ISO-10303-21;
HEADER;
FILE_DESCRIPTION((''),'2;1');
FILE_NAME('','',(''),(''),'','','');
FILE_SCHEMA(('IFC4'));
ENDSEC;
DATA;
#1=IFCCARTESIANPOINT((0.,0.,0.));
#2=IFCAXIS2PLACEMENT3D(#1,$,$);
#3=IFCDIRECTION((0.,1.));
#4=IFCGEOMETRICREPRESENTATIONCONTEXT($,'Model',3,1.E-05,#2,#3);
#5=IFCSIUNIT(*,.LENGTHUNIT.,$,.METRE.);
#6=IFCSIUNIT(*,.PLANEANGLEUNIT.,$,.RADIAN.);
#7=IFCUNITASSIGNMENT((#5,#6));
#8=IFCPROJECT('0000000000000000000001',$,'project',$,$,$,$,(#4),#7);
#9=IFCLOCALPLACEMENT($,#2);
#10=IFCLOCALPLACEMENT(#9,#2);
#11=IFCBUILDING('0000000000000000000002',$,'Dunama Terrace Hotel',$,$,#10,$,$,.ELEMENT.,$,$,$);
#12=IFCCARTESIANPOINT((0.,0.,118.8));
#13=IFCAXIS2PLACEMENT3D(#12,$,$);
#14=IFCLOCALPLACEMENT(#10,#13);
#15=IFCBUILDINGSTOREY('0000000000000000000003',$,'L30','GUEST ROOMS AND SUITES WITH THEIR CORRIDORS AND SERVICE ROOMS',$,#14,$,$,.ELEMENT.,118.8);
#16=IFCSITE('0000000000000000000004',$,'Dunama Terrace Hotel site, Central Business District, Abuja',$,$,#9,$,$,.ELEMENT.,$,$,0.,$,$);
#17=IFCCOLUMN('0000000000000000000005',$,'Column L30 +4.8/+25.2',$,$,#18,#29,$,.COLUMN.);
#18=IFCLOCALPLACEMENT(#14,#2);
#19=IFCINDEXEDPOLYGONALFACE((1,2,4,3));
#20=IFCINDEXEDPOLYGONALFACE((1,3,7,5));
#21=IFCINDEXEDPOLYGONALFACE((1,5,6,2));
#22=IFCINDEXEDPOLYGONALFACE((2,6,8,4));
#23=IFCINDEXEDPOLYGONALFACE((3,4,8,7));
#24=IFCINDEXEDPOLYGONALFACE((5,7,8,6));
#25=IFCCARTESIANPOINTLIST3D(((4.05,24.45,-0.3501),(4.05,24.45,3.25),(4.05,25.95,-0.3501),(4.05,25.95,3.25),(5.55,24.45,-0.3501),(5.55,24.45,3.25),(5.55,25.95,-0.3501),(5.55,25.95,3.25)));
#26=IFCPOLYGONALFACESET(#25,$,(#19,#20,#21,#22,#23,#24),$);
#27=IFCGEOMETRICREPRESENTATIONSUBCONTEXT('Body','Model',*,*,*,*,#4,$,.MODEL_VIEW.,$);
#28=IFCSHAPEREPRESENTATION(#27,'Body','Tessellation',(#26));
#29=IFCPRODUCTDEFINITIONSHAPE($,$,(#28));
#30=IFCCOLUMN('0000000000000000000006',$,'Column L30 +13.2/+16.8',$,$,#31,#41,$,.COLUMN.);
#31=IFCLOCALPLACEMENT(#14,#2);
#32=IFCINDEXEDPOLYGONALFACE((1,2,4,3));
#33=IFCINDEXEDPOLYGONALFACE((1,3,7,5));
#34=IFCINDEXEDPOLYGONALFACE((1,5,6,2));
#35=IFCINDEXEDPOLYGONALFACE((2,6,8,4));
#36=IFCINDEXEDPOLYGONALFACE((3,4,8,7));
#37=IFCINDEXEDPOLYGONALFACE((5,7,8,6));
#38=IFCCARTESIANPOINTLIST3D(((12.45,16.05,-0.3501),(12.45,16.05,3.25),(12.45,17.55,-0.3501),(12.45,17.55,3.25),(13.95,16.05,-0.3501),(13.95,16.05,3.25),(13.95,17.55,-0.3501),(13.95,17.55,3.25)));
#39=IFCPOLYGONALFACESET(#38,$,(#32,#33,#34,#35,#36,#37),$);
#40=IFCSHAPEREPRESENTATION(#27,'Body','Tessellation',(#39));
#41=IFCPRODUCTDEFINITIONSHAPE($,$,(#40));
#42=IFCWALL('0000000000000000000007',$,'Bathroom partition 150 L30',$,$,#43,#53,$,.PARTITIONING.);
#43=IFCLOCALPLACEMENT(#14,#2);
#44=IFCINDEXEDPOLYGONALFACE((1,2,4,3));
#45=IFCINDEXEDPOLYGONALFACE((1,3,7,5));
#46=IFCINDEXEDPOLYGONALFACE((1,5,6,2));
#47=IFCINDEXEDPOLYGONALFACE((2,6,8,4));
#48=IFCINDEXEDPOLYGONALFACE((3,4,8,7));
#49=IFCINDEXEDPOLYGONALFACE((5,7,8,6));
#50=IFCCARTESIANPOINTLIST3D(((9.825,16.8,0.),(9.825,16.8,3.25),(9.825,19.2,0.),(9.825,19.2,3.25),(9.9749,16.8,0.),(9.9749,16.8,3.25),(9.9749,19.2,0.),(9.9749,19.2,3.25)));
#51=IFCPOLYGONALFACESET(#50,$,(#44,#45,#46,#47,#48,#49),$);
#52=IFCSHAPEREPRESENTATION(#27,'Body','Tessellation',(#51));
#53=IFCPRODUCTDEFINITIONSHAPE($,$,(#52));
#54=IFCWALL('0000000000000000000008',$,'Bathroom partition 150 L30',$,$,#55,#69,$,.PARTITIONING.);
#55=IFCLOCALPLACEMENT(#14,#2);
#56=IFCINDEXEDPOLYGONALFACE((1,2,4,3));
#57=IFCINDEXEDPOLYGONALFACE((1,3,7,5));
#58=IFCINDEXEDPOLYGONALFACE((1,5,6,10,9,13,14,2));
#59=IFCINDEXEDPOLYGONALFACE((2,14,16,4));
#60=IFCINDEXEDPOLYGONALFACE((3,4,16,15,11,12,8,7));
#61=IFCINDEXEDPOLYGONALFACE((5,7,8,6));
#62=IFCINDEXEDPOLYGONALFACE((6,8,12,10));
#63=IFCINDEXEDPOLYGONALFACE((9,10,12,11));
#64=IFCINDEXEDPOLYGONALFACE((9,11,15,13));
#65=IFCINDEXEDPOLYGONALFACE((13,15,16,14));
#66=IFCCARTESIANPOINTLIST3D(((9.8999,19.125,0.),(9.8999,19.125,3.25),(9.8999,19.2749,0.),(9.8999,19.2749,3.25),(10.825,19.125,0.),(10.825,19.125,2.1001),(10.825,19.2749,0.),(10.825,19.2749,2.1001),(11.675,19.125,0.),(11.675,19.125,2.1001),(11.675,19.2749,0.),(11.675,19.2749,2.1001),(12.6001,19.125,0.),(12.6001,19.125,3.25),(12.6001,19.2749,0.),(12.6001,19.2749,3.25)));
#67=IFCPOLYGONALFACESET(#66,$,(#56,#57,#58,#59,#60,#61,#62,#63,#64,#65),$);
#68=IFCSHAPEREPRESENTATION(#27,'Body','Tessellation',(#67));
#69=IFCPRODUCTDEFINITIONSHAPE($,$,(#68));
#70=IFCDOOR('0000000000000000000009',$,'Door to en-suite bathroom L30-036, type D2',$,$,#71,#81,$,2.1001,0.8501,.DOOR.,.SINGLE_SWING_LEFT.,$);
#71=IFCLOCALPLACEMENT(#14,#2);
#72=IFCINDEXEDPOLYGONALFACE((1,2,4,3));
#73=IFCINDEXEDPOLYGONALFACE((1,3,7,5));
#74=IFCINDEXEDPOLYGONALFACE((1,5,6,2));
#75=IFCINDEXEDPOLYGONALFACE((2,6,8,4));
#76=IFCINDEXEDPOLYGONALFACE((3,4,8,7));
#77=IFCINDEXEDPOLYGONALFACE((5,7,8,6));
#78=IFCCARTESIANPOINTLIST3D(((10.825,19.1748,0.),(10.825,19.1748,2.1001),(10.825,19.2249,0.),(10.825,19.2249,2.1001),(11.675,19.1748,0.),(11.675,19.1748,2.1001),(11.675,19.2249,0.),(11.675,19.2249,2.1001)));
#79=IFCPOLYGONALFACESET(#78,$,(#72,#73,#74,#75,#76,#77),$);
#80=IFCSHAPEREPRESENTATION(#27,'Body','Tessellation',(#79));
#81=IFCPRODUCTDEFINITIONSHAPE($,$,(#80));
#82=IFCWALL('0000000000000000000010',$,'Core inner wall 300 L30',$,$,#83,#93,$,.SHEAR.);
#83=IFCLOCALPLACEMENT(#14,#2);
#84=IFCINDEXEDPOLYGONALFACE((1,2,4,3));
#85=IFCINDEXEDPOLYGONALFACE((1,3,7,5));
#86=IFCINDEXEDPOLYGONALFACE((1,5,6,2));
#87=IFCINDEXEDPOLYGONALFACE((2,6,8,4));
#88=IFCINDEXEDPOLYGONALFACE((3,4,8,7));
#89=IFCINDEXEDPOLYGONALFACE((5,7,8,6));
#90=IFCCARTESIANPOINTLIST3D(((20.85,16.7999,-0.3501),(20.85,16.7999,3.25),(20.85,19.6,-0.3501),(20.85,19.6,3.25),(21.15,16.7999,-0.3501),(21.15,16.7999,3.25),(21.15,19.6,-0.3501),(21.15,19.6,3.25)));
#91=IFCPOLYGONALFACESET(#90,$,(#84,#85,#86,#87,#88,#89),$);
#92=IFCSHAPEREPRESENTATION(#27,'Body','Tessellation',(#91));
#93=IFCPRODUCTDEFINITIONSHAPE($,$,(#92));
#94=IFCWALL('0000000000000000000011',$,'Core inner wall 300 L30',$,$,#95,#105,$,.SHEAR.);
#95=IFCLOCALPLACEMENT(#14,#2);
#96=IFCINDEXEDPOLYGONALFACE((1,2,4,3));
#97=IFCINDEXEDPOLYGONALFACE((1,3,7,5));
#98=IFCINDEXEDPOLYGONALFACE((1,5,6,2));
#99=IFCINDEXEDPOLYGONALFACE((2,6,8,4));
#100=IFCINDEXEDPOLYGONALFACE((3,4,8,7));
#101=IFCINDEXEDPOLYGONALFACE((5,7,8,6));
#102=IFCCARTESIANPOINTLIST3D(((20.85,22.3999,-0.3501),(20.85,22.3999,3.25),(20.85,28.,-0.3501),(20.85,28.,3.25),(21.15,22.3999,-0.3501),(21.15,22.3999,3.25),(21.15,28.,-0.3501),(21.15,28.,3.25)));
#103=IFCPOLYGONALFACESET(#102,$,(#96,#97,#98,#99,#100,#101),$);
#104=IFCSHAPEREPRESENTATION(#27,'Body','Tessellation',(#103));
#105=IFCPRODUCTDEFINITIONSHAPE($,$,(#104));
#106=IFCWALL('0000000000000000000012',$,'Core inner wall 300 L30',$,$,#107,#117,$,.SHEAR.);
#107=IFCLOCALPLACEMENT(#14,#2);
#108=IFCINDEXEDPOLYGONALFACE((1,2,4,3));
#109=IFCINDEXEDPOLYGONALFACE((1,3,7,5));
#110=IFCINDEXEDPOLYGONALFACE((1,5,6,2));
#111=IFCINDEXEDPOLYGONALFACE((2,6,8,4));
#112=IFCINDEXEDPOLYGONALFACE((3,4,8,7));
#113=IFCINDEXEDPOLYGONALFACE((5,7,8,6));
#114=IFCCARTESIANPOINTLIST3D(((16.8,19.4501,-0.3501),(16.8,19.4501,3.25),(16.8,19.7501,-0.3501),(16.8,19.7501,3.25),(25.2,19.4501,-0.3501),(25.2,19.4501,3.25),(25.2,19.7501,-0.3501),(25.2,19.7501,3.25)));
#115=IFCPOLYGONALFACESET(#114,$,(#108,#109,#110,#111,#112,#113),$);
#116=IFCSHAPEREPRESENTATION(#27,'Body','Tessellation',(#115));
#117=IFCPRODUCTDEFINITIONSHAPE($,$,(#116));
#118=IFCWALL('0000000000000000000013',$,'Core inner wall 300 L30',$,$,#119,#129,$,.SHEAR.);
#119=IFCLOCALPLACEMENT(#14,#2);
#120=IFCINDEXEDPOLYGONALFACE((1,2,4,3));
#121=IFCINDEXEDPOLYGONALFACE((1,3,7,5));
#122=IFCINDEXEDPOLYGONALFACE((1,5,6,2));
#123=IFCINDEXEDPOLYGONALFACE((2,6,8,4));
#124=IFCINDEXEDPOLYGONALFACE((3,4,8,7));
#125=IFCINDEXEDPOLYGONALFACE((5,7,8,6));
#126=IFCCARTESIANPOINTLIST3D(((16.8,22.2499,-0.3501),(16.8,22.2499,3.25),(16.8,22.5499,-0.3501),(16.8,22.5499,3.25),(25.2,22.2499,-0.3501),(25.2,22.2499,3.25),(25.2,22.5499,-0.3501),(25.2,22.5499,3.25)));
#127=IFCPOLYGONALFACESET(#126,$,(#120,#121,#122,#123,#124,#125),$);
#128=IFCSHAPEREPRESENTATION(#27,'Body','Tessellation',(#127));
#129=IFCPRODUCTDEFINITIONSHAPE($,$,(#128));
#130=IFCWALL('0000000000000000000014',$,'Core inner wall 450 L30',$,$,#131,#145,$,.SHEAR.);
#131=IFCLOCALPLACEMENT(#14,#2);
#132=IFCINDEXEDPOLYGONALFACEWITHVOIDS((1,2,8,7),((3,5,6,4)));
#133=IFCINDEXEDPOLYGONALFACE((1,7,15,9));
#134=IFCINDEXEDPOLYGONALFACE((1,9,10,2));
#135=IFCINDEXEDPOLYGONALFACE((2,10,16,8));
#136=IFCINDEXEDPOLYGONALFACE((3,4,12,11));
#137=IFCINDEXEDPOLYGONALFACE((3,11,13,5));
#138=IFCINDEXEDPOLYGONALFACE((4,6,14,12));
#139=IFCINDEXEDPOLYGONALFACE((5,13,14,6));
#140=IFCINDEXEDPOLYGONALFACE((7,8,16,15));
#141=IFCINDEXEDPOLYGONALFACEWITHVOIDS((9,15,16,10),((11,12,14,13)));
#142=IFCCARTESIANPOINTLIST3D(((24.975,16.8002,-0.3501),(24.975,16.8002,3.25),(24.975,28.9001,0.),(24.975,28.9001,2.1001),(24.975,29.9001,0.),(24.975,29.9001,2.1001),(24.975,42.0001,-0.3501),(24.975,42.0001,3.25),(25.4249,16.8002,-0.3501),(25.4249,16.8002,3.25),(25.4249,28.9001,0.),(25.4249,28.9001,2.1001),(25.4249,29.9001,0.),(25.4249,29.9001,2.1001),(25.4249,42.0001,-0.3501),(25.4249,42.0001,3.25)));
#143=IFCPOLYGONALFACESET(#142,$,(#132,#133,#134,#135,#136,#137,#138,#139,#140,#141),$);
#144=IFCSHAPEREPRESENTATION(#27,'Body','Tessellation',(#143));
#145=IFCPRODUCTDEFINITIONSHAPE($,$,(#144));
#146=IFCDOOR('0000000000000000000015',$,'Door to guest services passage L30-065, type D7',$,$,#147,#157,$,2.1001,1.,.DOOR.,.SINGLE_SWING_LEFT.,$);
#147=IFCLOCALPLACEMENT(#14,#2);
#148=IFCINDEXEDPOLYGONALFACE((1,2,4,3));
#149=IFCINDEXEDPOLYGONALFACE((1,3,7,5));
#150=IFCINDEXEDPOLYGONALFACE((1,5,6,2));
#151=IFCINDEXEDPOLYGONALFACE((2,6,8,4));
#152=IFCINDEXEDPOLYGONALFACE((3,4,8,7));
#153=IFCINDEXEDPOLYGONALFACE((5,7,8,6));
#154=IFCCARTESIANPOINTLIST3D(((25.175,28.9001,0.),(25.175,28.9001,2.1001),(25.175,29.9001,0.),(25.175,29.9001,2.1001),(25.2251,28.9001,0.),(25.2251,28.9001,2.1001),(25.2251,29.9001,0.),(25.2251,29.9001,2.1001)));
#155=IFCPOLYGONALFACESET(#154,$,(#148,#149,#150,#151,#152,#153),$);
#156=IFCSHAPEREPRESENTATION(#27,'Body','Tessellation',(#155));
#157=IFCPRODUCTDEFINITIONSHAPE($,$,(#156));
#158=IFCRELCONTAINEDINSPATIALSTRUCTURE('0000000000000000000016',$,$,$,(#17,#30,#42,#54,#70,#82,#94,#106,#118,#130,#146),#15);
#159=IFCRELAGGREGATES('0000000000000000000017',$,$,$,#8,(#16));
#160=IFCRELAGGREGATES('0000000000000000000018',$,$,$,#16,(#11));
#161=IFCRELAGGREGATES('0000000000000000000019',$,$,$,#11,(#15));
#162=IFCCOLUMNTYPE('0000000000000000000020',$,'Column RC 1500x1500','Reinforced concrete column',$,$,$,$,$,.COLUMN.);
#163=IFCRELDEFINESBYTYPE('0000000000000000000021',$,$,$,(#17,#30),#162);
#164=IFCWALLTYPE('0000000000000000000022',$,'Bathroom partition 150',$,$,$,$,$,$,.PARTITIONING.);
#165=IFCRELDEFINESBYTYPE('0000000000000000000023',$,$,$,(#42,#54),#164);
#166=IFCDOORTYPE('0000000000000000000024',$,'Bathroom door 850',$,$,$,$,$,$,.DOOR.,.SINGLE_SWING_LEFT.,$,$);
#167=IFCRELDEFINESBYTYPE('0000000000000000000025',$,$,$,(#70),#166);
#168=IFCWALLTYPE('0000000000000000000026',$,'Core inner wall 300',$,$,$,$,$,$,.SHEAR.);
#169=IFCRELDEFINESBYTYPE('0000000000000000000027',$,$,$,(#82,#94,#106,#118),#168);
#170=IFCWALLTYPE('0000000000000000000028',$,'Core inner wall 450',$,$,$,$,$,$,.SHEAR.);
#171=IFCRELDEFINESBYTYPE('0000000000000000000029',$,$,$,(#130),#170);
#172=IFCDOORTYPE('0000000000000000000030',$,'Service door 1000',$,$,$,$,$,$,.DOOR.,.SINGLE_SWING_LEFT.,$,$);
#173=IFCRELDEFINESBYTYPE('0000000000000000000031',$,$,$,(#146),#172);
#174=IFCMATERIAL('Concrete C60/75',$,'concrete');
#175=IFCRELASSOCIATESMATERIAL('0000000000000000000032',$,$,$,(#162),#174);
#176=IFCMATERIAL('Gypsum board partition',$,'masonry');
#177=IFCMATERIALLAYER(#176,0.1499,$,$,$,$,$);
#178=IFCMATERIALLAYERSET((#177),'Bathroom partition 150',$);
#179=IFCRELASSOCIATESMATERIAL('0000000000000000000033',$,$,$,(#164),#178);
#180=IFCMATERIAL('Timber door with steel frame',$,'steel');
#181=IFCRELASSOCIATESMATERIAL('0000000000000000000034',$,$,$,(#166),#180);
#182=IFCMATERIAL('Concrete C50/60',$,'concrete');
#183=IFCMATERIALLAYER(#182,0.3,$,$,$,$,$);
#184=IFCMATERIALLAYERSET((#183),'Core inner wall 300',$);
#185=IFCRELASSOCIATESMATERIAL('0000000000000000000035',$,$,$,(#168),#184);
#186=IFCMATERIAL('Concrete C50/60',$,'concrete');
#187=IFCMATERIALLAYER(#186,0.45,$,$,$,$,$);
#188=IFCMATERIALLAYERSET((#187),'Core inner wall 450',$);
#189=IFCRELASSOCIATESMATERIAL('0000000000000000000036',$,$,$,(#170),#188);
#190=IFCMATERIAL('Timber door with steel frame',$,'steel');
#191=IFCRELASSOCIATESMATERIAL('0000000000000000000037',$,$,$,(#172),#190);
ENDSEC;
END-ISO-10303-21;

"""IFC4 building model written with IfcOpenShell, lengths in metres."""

from ifc_helpers import new_model, si_unit, direction, frame, frame_2d, origin, origin_2d, place, context, subcontext, project, spatial, rectangle, extrude, material, layer, layer_set, material_profile, profile_set, type_object, element, fill, save


model = new_model("IFC4")

# Units and contexts
model_context = context("Model", 3, precision=1e-05, world=origin(), true_north=direction((0.0, 1.0)))
body_context = subcontext(model_context, "Body", "Model", "MODEL_VIEW")
ifc_project = project(units=[si_unit("LENGTHUNIT", "METRE"), si_unit("PLANEANGLEUNIT", "RADIAN")], contexts=[model_context])

# Site, building, storey
site_placement = place(None, origin())
site = spatial("IfcSite", under=ifc_project, at=site_placement, Name="Dunama Terrace Hotel site, Central Business District, Abuja", CompositionType="ELEMENT", RefElevation=0.0)
building_placement = place(site_placement, origin())
building = spatial("IfcBuilding", under=site, at=building_placement, Name="Dunama Terrace Hotel", CompositionType="ELEMENT")
storey_placement = place(building_placement, frame((0.0, 0.0, 118.8)))
storey = spatial("IfcBuildingStorey", under=building, at=storey_placement, Name="L30", Description="GUEST ROOMS AND SUITES WITH THEIR CORRIDORS AND SERVICE ROOMS", CompositionType="ELEMENT", Elevation=118.8)

# Columns
ifc_material_1 = material(Name="Concrete C60/75", Category="concrete")
ifc_material_profile = material_profile(ifc_material_1, rectangle(XDim=1.5, YDim=1.5, at=origin_2d()), Name="RC 1500x1500")
ifc_profile_set = profile_set([ifc_material_profile], Name="Concrete C60/75")
column_type = type_object("IfcColumnType", Name="Column RC 1500x1500", Description="Reinforced concrete column", PredefinedType="COLUMN", material=ifc_profile_set)
for number, where, z_axis, x_axis, name in (
    (1, (4.8, 25.2, -0.3501), (0.0, 0.0, 1.0), (1.0, 0.0, 0.0), "Column L30 +4.8/+25.2"),
    (2, (13.2, 16.8, -0.3501), (0.0, 0.0, 1.0), (1.0, 0.0, 0.0), "Column L30 +13.2/+16.8"),
):
    element("IfcColumn", number, at=place(storey_placement, frame(where, z_axis=z_axis, x_axis=x_axis)), inside=storey, type_object=column_type, Name=name, PredefinedType="COLUMN", context=body_context, shape_type="SweptSolid", body=[
        extrude(rectangle(XDim=1.5, YDim=1.5, at=origin_2d()), origin(), (0.0, 0.0, 1.0), 3.6001),
    ])

# Wall
ifc_material_2 = material(Name="Gypsum board partition", Category="masonry")
ifc_layer_1 = layer(ifc_material_2, 0.1499)
ifc_layer_set_1 = layer_set([ifc_layer_1], Name="Bathroom partition 150")
wall_type_1 = type_object("IfcWallType", Name="Bathroom partition 150", PredefinedType="PARTITIONING", material=ifc_layer_set_1)
wall_1_placement = place(storey_placement, frame((9.8999, 16.8, 0.0), z_axis=(0.0, 0.0, 1.0), x_axis=(0.0, 1.0, 0.0)))
element("IfcWall", 3, at=wall_1_placement, inside=storey, type_object=wall_type_1, Name="Bathroom partition 150 L30", PredefinedType="PARTITIONING", context=body_context, shape_type="SweptSolid", body=[
    extrude(rectangle(XDim=2.3999, YDim=0.1499, at=frame_2d((1.2, 0.0))), origin(), (0.0, 0.0, 1.0), 3.25),
])

# Wall, opening, door
wall_2_placement = place(storey_placement, frame((9.8999, 19.2, 0.0), z_axis=(0.0, 0.0, 1.0), x_axis=(1.0, 0.0, 0.0)))
wall_2 = element("IfcWall", 4, at=wall_2_placement, inside=storey, type_object=wall_type_1, Name="Bathroom partition 150 L30", PredefinedType="PARTITIONING", context=body_context, shape_type="SweptSolid", body=[
    extrude(rectangle(XDim=2.7002, YDim=0.1499, at=frame_2d((1.3501, 0.0))), origin(), (0.0, 0.0, 1.0), 3.25),
])
opening_1_placement = place(wall_2_placement, frame((0.925, 0.0, 0.0)))
opening_1 = element("IfcOpeningElement", 5, at=opening_1_placement, cuts=wall_2, PredefinedType="OPENING", context=body_context, shape_type="SweptSolid", body=[
    extrude(rectangle(XDim=0.8501, YDim=2.1001, at=frame_2d((0.425, 1.05))), frame((0.0, 0.085, 0.0), z_axis=(0.0, -1.0, 0.0), x_axis=(1.0, 0.0, 0.0)), (0.0, 0.0, 1.0), 0.1699),
])
ifc_material_3 = material(Name="Timber door with steel frame", Category="steel")
door_type_1 = type_object("IfcDoorType", Name="Bathroom door 850", OperationType="SINGLE_SWING_LEFT", PredefinedType="DOOR", material=ifc_material_3)
door_1_placement = place(opening_1_placement, frame((0.8501, 0.0, 0.0), z_axis=(0.0, 0.0, 1.0), x_axis=(-1.0, 0.0, 0.0)))
door_1 = element("IfcDoor", 6, at=door_1_placement, inside=storey, type_object=door_type_1, Name="Door to en-suite bathroom L30-036, type D2", OperationType="SINGLE_SWING_LEFT", OverallHeight=2.1001, OverallWidth=0.8501, PredefinedType="DOOR", context=body_context, shape_type="SweptSolid", body=[
    extrude(rectangle(XDim=0.8501, YDim=2.1001, at=frame_2d((0.425, 1.05))), frame((0.0, 0.0251, 0.0), z_axis=(0.0, -1.0, 0.0), x_axis=(1.0, 0.0, 0.0)), (0.0, 0.0, 1.0), 0.05),
])
fill(opening_1, door_1)

# Walls
ifc_material_4 = material(Name="Concrete C50/60", Category="concrete")
ifc_layer_2 = layer(ifc_material_4, 0.3)
ifc_layer_set_2 = layer_set([ifc_layer_2], Name="Core inner wall 300")
wall_type_2 = type_object("IfcWallType", Name="Core inner wall 300", PredefinedType="SHEAR", material=ifc_layer_set_2)
wall_3_placement = place(storey_placement, frame((21.0, 16.8, -0.3501), z_axis=(0.0, 0.0, 1.0), x_axis=(0.0, 1.0, 0.0)))
element("IfcWall", 7, at=wall_3_placement, inside=storey, type_object=wall_type_2, Name="Core inner wall 300 L30", PredefinedType="SHEAR", context=body_context, shape_type="SweptSolid", body=[
    extrude(rectangle(XDim=2.8, YDim=0.3, at=frame_2d((1.3999, 0.0))), origin(), (0.0, 0.0, 1.0), 3.6001),
])
wall_4_placement = place(storey_placement, frame((21.0, 22.3999, -0.3501), z_axis=(0.0, 0.0, 1.0), x_axis=(0.0, 1.0, 0.0)))
element("IfcWall", 8, at=wall_4_placement, inside=storey, type_object=wall_type_2, Name="Core inner wall 300 L30", PredefinedType="SHEAR", context=body_context, shape_type="SweptSolid", body=[
    extrude(rectangle(XDim=5.6001, YDim=0.3, at=frame_2d((2.8, 0.0))), origin(), (0.0, 0.0, 1.0), 3.6001),
])
for number, where, z_axis, x_axis, name in (
    (9, (16.8, 19.6001, -0.3501), (0.0, 0.0, 1.0), (1.0, 0.0, 0.0), "Core inner wall 300 L30"),
    (10, (16.8, 22.3999, -0.3501), (0.0, 0.0, 1.0), (1.0, 0.0, 0.0), "Core inner wall 300 L30"),
):
    element("IfcWall", number, at=place(storey_placement, frame(where, z_axis=z_axis, x_axis=x_axis)), inside=storey, type_object=wall_type_2, Name=name, PredefinedType="SHEAR", context=body_context, shape_type="SweptSolid", body=[
        extrude(rectangle(XDim=8.3999, YDim=0.3, at=frame_2d((4.2, 0.0))), origin(), (0.0, 0.0, 1.0), 3.6001),
    ])

# Wall, opening, door
ifc_material_5 = material(Name="Concrete C50/60", Category="concrete")
ifc_layer_3 = layer(ifc_material_5, 0.45)
ifc_layer_set_3 = layer_set([ifc_layer_3], Name="Core inner wall 450")
wall_type_3 = type_object("IfcWallType", Name="Core inner wall 450", PredefinedType="SHEAR", material=ifc_layer_set_3)
wall_5_placement = place(storey_placement, frame((25.2, 16.8, -0.3501), z_axis=(0.0, 0.0, 1.0), x_axis=(0.0, 1.0, 0.0)))
wall_5 = element("IfcWall", 11, at=wall_5_placement, inside=storey, type_object=wall_type_3, Name="Core inner wall 450 L30", PredefinedType="SHEAR", context=body_context, shape_type="SweptSolid", body=[
    extrude(rectangle(XDim=25.2, YDim=0.45, at=frame_2d((12.6001, 0.0))), origin(), (0.0, 0.0, 1.0), 3.6001),
])
opening_2_placement = place(wall_5_placement, frame((12.1001, 0.0, 0.3501)))
opening_2 = element("IfcOpeningElement", 12, at=opening_2_placement, cuts=wall_5, PredefinedType="OPENING", context=body_context, shape_type="SweptSolid", body=[
    extrude(rectangle(XDim=1.0, YDim=2.1001, at=frame_2d((0.5, 1.05))), frame((0.0, 0.2349, 0.0), z_axis=(0.0, -1.0, 0.0), x_axis=(1.0, 0.0, 0.0)), (0.0, 0.0, 1.0), 0.47),
])
ifc_material_6 = material(Name="Timber door with steel frame", Category="steel")
door_type_2 = type_object("IfcDoorType", Name="Service door 1000", OperationType="SINGLE_SWING_LEFT", PredefinedType="DOOR", material=ifc_material_6)
door_2_placement = place(opening_2_placement, origin())
door_2 = element("IfcDoor", 13, at=door_2_placement, inside=storey, type_object=door_type_2, Name="Door to guest services passage L30-065, type D7", OperationType="SINGLE_SWING_LEFT", OverallHeight=2.1001, OverallWidth=1.0, PredefinedType="DOOR", context=body_context, shape_type="SweptSolid", body=[
    extrude(rectangle(XDim=1.0, YDim=2.1001, at=frame_2d((0.5, 1.05))), frame((0.0, 0.0249, 0.0), z_axis=(0.0, -1.0, 0.0), x_axis=(1.0, 0.0, 0.0)), (0.0, 0.0, 1.0), 0.05),
])
fill(opening_2, door_2)

save(model, "model.ifc")
